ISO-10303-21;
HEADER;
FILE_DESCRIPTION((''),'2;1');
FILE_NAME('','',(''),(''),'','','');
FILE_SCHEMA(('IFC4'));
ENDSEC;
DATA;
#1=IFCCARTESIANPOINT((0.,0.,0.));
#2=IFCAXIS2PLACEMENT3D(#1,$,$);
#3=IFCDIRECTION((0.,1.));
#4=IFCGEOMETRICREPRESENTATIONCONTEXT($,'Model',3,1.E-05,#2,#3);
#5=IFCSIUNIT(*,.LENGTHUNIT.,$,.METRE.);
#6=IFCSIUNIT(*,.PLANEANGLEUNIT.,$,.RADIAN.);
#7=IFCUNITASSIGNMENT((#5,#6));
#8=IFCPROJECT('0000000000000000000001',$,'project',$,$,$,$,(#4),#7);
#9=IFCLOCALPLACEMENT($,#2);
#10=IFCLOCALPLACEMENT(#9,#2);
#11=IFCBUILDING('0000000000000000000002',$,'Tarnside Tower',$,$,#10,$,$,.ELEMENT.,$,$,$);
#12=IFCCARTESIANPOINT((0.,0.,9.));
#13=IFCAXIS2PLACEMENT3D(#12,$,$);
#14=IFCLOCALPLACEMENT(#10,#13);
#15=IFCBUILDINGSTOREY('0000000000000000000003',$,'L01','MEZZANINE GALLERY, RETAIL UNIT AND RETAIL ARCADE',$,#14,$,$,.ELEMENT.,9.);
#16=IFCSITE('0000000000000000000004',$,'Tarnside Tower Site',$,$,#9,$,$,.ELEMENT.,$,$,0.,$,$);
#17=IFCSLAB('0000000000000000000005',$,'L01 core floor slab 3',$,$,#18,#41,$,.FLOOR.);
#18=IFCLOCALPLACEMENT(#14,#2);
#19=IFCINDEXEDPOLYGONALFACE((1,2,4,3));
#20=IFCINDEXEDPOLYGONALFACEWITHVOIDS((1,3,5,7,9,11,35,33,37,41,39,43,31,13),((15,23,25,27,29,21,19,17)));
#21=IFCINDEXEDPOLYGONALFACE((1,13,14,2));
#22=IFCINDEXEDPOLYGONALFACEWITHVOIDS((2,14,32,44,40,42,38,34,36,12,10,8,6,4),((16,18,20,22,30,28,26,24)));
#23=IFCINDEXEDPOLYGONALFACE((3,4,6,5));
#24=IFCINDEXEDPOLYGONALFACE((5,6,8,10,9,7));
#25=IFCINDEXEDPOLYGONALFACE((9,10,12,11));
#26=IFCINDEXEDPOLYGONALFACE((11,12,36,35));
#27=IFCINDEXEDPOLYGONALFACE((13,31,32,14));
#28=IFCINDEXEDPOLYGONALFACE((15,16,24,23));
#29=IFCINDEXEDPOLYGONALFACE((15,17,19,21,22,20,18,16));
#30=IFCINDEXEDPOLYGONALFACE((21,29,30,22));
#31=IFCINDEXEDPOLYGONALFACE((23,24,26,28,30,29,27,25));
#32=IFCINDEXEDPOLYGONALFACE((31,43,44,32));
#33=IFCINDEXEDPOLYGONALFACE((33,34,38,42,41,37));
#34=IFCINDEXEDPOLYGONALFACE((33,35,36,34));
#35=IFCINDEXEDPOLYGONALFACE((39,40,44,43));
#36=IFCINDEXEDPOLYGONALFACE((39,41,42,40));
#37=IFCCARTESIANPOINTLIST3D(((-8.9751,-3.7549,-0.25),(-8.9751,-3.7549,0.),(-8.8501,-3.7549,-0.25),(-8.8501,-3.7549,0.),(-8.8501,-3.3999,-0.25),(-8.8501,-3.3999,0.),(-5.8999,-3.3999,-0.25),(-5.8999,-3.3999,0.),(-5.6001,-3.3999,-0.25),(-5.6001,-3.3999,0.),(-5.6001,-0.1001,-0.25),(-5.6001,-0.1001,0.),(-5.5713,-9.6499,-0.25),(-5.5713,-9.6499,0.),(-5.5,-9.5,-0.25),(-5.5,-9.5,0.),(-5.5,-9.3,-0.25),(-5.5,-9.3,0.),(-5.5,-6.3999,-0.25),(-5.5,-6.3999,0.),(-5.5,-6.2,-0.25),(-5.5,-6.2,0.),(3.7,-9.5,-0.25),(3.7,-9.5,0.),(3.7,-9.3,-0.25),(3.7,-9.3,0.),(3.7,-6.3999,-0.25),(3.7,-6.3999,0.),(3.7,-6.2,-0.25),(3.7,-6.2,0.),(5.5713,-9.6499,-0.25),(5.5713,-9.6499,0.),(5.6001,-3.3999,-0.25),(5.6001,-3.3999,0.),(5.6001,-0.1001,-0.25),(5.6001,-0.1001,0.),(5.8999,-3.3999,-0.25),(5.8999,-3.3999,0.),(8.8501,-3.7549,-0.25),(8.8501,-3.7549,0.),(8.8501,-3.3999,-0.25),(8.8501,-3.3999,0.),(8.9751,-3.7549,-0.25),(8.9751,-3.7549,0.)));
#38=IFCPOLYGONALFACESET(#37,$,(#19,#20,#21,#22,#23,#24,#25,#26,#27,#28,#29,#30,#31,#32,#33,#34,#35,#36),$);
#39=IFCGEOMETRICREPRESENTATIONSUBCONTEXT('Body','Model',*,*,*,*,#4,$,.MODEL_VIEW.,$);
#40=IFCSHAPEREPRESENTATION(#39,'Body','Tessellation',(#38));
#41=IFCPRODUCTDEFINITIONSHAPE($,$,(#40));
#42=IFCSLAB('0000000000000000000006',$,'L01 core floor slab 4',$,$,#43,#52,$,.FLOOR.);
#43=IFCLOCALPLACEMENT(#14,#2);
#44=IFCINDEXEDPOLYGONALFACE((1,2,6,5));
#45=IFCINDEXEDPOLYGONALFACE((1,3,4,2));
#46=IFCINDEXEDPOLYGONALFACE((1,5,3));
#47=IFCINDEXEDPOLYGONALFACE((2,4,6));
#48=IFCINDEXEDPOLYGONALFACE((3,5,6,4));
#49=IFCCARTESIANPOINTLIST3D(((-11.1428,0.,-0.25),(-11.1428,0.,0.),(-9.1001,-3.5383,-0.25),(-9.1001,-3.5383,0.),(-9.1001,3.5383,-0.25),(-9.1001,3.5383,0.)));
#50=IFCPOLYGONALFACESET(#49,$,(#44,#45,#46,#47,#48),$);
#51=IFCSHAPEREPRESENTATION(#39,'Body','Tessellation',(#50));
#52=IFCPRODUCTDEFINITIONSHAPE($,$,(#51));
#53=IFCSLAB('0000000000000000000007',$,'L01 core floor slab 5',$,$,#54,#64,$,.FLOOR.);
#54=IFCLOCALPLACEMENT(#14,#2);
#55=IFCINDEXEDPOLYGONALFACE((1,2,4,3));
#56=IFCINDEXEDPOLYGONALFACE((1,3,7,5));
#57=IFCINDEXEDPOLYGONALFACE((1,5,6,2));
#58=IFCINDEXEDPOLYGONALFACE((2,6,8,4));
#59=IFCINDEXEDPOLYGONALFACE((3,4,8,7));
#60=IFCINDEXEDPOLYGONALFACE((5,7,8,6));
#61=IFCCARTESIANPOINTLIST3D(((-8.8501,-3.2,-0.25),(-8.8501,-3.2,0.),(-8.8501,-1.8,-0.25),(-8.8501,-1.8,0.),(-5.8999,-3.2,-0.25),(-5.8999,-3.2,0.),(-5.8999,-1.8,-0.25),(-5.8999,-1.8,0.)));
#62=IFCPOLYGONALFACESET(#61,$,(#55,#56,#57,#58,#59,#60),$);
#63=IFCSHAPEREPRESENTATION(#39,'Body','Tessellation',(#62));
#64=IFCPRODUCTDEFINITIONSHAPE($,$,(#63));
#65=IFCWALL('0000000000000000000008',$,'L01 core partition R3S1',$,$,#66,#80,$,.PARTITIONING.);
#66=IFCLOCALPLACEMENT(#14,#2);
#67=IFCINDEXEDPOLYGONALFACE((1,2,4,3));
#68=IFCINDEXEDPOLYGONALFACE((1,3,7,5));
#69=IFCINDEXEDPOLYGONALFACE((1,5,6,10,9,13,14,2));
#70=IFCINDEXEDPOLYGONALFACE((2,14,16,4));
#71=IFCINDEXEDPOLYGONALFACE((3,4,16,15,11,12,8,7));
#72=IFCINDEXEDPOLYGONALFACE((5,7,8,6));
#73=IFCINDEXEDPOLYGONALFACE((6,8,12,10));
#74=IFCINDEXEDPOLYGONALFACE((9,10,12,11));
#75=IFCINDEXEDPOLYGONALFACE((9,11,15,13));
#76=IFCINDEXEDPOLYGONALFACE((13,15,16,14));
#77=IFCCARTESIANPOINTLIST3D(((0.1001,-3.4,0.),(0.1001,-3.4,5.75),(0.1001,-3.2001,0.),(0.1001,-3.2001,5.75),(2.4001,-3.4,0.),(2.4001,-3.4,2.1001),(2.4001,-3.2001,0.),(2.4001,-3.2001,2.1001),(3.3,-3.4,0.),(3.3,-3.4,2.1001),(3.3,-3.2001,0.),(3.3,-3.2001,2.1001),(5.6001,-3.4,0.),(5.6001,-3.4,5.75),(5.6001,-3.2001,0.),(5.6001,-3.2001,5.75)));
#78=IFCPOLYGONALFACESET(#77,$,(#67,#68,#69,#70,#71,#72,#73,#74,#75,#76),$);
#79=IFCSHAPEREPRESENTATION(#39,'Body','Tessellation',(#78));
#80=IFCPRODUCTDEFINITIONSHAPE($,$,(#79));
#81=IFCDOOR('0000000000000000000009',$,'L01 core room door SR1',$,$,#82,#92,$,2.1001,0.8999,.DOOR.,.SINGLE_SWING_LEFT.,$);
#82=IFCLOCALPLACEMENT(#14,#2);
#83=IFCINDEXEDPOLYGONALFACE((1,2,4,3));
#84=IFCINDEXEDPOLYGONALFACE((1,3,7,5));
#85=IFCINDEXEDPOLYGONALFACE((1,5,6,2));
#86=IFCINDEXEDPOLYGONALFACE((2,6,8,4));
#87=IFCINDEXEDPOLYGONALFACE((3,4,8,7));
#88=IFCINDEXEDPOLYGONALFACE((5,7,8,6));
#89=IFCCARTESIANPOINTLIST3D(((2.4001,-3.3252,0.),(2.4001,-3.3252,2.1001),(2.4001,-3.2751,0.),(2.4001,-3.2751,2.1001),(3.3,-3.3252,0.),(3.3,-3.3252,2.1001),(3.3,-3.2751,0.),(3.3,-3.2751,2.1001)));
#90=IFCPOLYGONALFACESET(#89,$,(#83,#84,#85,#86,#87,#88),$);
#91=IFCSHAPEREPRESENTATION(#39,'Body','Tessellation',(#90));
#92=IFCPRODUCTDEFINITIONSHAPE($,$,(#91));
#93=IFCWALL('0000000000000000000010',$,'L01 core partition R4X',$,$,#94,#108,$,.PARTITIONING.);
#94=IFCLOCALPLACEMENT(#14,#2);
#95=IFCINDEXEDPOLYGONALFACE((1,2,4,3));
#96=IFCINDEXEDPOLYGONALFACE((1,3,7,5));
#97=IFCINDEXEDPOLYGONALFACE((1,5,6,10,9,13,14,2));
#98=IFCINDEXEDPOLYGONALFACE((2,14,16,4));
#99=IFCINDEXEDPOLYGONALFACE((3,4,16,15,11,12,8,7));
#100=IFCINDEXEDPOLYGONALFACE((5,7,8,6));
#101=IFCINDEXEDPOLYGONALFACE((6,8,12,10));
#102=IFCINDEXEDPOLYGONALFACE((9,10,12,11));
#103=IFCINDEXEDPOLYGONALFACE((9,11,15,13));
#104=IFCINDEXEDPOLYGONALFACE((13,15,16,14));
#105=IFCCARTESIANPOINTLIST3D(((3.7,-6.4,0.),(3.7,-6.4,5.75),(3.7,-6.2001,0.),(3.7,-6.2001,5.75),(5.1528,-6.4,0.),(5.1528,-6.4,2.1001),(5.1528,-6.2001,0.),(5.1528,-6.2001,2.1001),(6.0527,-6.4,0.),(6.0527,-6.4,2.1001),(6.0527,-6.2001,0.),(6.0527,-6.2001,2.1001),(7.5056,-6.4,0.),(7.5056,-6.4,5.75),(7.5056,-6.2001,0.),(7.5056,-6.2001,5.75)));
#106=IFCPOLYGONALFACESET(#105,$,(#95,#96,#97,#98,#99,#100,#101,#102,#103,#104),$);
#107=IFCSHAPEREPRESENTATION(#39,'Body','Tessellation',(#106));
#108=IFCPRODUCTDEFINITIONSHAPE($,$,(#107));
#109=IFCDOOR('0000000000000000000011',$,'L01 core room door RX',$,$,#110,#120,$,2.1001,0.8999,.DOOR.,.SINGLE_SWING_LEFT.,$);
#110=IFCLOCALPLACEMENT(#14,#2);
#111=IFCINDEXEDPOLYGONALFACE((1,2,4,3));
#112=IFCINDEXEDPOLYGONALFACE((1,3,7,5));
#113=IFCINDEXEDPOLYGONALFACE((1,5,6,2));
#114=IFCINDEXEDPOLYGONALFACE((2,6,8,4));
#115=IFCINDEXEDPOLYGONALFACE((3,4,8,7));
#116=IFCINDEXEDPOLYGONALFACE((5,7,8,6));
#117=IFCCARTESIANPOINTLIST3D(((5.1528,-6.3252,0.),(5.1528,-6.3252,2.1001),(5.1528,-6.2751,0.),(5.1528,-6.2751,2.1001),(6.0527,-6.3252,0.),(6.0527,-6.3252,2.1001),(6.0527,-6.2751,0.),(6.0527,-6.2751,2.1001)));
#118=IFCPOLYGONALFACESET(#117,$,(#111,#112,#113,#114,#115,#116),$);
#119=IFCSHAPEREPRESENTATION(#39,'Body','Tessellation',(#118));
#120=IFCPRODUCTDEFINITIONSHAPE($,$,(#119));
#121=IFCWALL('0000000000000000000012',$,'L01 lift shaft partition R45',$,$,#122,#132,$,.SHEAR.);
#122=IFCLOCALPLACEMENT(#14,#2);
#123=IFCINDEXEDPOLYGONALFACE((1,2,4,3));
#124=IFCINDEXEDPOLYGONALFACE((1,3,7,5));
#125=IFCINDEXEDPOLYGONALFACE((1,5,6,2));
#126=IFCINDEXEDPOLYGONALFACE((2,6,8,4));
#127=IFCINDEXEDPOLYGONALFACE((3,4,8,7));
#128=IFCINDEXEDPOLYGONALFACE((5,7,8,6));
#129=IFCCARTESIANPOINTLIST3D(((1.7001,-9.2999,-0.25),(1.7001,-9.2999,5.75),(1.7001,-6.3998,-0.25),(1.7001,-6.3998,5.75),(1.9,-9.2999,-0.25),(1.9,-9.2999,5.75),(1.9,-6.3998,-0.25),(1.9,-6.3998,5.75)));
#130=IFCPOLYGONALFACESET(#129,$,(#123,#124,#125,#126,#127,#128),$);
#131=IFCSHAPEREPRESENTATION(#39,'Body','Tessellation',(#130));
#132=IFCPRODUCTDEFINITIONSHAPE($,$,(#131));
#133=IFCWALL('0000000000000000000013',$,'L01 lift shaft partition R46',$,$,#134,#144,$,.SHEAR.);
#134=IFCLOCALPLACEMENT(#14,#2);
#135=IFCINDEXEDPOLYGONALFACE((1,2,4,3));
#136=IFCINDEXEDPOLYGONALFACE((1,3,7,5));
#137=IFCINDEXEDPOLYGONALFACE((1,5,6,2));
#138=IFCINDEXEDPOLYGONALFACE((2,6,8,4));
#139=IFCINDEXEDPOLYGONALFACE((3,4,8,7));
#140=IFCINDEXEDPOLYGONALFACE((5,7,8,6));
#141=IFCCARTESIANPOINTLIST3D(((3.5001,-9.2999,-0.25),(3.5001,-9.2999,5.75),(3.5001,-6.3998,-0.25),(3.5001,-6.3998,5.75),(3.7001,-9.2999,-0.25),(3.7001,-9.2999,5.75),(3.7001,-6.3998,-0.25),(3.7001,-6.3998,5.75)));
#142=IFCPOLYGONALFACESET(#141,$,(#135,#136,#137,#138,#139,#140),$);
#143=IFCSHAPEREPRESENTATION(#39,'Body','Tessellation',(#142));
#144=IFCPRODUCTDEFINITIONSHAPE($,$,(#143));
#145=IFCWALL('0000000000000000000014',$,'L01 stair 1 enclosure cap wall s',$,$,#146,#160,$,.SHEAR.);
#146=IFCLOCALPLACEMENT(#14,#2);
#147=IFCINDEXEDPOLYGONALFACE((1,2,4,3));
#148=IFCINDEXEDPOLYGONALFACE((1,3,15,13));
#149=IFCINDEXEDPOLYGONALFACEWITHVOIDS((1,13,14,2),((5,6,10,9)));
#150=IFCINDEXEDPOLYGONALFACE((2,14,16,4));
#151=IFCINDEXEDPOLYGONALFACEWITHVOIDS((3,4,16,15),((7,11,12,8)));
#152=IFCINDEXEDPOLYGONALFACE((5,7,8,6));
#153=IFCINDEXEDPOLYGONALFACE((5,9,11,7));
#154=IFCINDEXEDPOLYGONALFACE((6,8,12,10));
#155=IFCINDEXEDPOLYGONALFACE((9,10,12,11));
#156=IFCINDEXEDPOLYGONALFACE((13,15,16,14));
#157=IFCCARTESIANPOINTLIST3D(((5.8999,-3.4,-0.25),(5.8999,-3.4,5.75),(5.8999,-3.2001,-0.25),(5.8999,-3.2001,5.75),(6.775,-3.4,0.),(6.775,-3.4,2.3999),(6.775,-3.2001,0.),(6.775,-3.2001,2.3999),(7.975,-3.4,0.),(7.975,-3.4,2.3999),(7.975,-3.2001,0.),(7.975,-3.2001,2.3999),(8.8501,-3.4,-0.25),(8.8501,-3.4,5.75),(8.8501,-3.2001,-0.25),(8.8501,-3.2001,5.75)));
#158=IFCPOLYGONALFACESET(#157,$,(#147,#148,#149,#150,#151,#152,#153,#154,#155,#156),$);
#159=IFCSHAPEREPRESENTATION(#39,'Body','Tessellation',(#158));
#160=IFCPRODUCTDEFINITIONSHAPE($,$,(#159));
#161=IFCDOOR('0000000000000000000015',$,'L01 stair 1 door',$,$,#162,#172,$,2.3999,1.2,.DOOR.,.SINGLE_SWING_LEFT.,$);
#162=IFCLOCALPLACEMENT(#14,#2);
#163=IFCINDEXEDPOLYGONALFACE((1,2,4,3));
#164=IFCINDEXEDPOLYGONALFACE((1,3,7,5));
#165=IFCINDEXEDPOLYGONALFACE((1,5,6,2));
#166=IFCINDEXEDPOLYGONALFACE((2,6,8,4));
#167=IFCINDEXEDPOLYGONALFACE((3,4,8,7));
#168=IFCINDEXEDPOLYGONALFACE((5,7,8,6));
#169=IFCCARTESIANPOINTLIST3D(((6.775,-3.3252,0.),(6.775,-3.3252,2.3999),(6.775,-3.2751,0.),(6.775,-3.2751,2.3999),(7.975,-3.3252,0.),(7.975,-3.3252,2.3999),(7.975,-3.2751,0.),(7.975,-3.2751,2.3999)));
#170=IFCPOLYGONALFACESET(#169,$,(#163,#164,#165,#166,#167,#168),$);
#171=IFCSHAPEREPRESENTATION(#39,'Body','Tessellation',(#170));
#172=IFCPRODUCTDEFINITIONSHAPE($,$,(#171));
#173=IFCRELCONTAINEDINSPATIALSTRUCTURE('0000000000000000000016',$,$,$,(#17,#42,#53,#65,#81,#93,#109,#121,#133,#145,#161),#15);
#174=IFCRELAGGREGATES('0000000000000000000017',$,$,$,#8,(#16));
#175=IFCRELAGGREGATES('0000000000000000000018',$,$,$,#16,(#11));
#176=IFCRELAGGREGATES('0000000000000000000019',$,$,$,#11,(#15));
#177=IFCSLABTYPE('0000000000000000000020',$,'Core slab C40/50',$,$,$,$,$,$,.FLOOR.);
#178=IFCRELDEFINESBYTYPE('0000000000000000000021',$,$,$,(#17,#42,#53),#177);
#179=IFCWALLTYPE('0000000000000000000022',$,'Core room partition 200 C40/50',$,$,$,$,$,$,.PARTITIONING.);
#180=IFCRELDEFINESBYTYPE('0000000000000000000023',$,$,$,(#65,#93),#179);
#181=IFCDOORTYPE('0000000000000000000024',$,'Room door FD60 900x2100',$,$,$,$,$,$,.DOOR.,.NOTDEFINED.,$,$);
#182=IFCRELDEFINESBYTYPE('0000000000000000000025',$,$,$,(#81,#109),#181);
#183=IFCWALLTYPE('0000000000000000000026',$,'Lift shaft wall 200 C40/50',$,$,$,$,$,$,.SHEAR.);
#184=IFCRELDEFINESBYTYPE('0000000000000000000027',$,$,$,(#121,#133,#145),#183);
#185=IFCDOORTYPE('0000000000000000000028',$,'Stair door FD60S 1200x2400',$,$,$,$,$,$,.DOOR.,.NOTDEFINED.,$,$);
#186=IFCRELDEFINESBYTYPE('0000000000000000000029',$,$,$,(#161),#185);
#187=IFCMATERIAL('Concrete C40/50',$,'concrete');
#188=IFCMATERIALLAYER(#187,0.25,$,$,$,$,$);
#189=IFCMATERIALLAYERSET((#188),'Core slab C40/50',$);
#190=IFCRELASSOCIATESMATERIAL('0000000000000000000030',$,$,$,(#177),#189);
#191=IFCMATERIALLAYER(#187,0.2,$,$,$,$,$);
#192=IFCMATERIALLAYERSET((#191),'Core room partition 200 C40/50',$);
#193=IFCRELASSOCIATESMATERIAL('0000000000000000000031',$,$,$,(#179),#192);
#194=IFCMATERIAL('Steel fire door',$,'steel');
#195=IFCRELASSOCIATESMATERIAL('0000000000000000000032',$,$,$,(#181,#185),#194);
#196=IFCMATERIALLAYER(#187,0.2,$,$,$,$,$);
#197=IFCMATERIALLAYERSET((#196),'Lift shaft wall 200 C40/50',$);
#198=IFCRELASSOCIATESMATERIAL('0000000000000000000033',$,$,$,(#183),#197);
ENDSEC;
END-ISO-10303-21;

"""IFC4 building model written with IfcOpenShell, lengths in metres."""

from ifc_helpers import new_model, si_unit, direction, frame, frame_2d, origin, place, context, subcontext, project, spatial, polyline, rectangle, outline, extrude, material, layer, layer_set, type_object, element, fill, save


model = new_model("IFC4")

# Units and contexts
model_context = context("Model", 3, precision=1e-05, world=origin(), true_north=direction((0.0, 1.0)))
body_context = subcontext(model_context, "Body", "Model", "MODEL_VIEW")
ifc_project = project(units=[si_unit("LENGTHUNIT", "METRE"), si_unit("PLANEANGLEUNIT", "RADIAN")], contexts=[model_context])

# Site, building, storey
site_placement = place(None, origin())
site = spatial("IfcSite", under=ifc_project, at=site_placement, Name="Tarnside Tower Site", CompositionType="ELEMENT", RefElevation=0.0)
building_placement = place(site_placement, origin())
building = spatial("IfcBuilding", under=site, at=building_placement, Name="Tarnside Tower", CompositionType="ELEMENT")
storey_placement = place(building_placement, frame((0.0, 0.0, 9.0)))
storey = spatial("IfcBuildingStorey", under=building, at=storey_placement, Name="L01", Description="MEZZANINE GALLERY, RETAIL UNIT AND RETAIL ARCADE", CompositionType="ELEMENT", Elevation=9.0)

# Slabs
ifc_material_1 = material(Name="Concrete C40/50", Category="concrete")
ifc_layer_1 = layer(ifc_material_1, 0.25)
ifc_layer_set_1 = layer_set([ifc_layer_1], Name="Core slab C40/50")
slab_type = type_object("IfcSlabType", Name="Core slab C40/50", PredefinedType="FLOOR", material=ifc_layer_set_1)
slab_1_placement = place(storey_placement, frame((0.0, 0.0, -0.25)))
element("IfcSlab", 1, at=slab_1_placement, inside=storey, type_object=slab_type, Name="L01 core floor slab 3", PredefinedType="FLOOR", context=body_context, shape_type="SweptSolid", body=[
    extrude(outline(polyline([(5.6001, -3.3999), (5.8999, -3.3999), (8.8501, -3.3999), (8.8501, -3.7549), (8.9751, -3.7549), (5.5713, -9.6499), (-5.5713, -9.6499), (-8.9751, -3.7549), (-8.8501, -3.7549), (-8.8501, -3.3999), (-5.8999, -3.3999), (-5.6001, -3.3999), (-5.6001, -0.1001), (5.6001, -0.1001), (5.6001, -3.3999)]), holes=[polyline([(-5.5, -9.3), (-5.5, -9.5), (3.7, -9.5), (3.7, -9.3), (3.7, -6.3999), (3.7, -6.2), (-5.5, -6.2), (-5.5, -6.3999), (-5.5, -9.3)])]), origin(), (0.0, 0.0, 1.0), 0.25),
])
slab_2_placement = place(storey_placement, frame((0.0, 0.0, -0.25)))
element("IfcSlab", 2, at=slab_2_placement, inside=storey, type_object=slab_type, Name="L01 core floor slab 4", PredefinedType="FLOOR", context=body_context, shape_type="SweptSolid", body=[
    extrude(outline(polyline([(-11.1428, 0.0), (-9.1001, 3.5383), (-9.1001, -3.5383), (-11.1428, 0.0)])), origin(), (0.0, 0.0, 1.0), 0.25),
])
slab_3_placement = place(storey_placement, frame((0.0, 0.0, -0.25)))
element("IfcSlab", 3, at=slab_3_placement, inside=storey, type_object=slab_type, Name="L01 core floor slab 5", PredefinedType="FLOOR", context=body_context, shape_type="SweptSolid", body=[
    extrude(outline(polyline([(-8.8501, -1.8), (-5.8999, -1.8), (-5.8999, -3.2), (-8.8501, -3.2), (-8.8501, -1.8)])), origin(), (0.0, 0.0, 1.0), 0.25),
])

# Walls, openings, doors
ifc_layer_2 = layer(ifc_material_1, 0.2)
ifc_layer_set_2 = layer_set([ifc_layer_2], Name="Core room partition 200 C40/50")
wall_type_1 = type_object("IfcWallType", Name="Core room partition 200 C40/50", PredefinedType="PARTITIONING", material=ifc_layer_set_2)
wall_1_placement = place(storey_placement, frame((0.1001, -3.3, 0.0), z_axis=(0.0, 0.0, 1.0), x_axis=(1.0, 0.0, 0.0)))
wall_1 = element("IfcWall", 4, at=wall_1_placement, inside=storey, type_object=wall_type_1, Name="L01 core partition R3S1", PredefinedType="PARTITIONING", context=body_context, shape_type="SweptSolid", body=[
    extrude(rectangle(XDim=5.5, YDim=0.2, at=frame_2d((2.75, 0.0))), origin(), (0.0, 0.0, 1.0), 5.75),
])
opening_1_placement = place(wall_1_placement, frame((2.3, 0.0, 0.0)))
opening_1 = element("IfcOpeningElement", 5, at=opening_1_placement, cuts=wall_1, PredefinedType="OPENING", context=body_context, shape_type="SweptSolid", body=[
    extrude(rectangle(XDim=0.8999, YDim=2.1001, at=frame_2d((0.45, 1.05))), frame((0.0, 0.1099, 0.0), z_axis=(0.0, -1.0, 0.0), x_axis=(1.0, 0.0, 0.0)), (0.0, 0.0, 1.0), 0.22),
])
ifc_material_2 = material(Name="Steel fire door", Category="steel")
door_type_1 = type_object("IfcDoorType", Name="Room door FD60 900x2100", OperationType="NOTDEFINED", PredefinedType="DOOR", material=ifc_material_2)
door_1_placement = place(opening_1_placement, origin())
door_1 = element("IfcDoor", 6, at=door_1_placement, inside=storey, type_object=door_type_1, Name="L01 core room door SR1", OperationType="SINGLE_SWING_LEFT", OverallHeight=2.1001, OverallWidth=0.8999, PredefinedType="DOOR", context=body_context, shape_type="SweptSolid", body=[
    extrude(rectangle(XDim=0.8999, YDim=2.1001, at=frame_2d((0.45, 1.05))), frame((0.0, 0.0249, 0.0), z_axis=(0.0, -1.0, 0.0), x_axis=(1.0, 0.0, 0.0)), (0.0, 0.0, 1.0), 0.05),
])
fill(opening_1, door_1)
wall_2_placement = place(storey_placement, frame((3.7, -6.3, 0.0), z_axis=(0.0, 0.0, 1.0), x_axis=(1.0, 0.0, 0.0)))
wall_2 = element("IfcWall", 7, at=wall_2_placement, inside=storey, type_object=wall_type_1, Name="L01 core partition R4X", PredefinedType="PARTITIONING", context=body_context, shape_type="SweptSolid", body=[
    extrude(rectangle(XDim=3.8057, YDim=0.2, at=frame_2d((1.9028, 0.0))), origin(), (0.0, 0.0, 1.0), 5.75),
])
opening_2_placement = place(wall_2_placement, frame((1.4529, 0.0, 0.0)))
opening_2 = element("IfcOpeningElement", 8, at=opening_2_placement, cuts=wall_2, PredefinedType="OPENING", context=body_context, shape_type="SweptSolid", body=[
    extrude(rectangle(XDim=0.8999, YDim=2.1001, at=frame_2d((0.45, 1.05))), frame((0.0, 0.1099, 0.0), z_axis=(0.0, -1.0, 0.0), x_axis=(1.0, 0.0, 0.0)), (0.0, 0.0, 1.0), 0.22),
])
door_2_placement = place(opening_2_placement, origin())
door_2 = element("IfcDoor", 9, at=door_2_placement, inside=storey, type_object=door_type_1, Name="L01 core room door RX", OperationType="SINGLE_SWING_LEFT", OverallHeight=2.1001, OverallWidth=0.8999, PredefinedType="DOOR", context=body_context, shape_type="SweptSolid", body=[
    extrude(rectangle(XDim=0.8999, YDim=2.1001, at=frame_2d((0.45, 1.05))), frame((0.0, 0.0249, 0.0), z_axis=(0.0, -1.0, 0.0), x_axis=(1.0, 0.0, 0.0)), (0.0, 0.0, 1.0), 0.05),
])
fill(opening_2, door_2)

# Walls
ifc_layer_3 = layer(ifc_material_1, 0.2)
ifc_layer_set_3 = layer_set([ifc_layer_3], Name="Lift shaft wall 200 C40/50")
wall_type_2 = type_object("IfcWallType", Name="Lift shaft wall 200 C40/50", PredefinedType="SHEAR", material=ifc_layer_set_3)
for number, where, z_axis, x_axis, name in (
    (10, (1.8, -9.3, -0.25), (0.0, 0.0, 1.0), (0.0, 1.0, 0.0), "L01 lift shaft partition R45"),
    (11, (3.6001, -9.3, -0.25), (0.0, 0.0, 1.0), (0.0, 1.0, 0.0), "L01 lift shaft partition R46"),
):
    element("IfcWall", number, at=place(storey_placement, frame(where, z_axis=z_axis, x_axis=x_axis)), inside=storey, type_object=wall_type_2, Name=name, PredefinedType="SHEAR", context=body_context, shape_type="SweptSolid", body=[
        extrude(rectangle(XDim=2.9001, YDim=0.2, at=frame_2d((1.4502, 0.0))), origin(), (0.0, 0.0, 1.0), 6.0),
    ])

# Wall, opening, door
wall_3_placement = place(storey_placement, frame((5.8999, -3.3, -0.25), z_axis=(0.0, 0.0, 1.0), x_axis=(1.0, 0.0, 0.0)))
wall_3 = element("IfcWall", 12, at=wall_3_placement, inside=storey, type_object=wall_type_2, Name="L01 stair 1 enclosure cap wall s", PredefinedType="SHEAR", context=body_context, shape_type="SweptSolid", body=[
    extrude(rectangle(XDim=2.9502, YDim=0.2, at=frame_2d((1.4751, 0.0))), origin(), (0.0, 0.0, 1.0), 6.0),
])
opening_3_placement = place(wall_3_placement, frame((0.875, 0.0, 0.25)))
opening_3 = element("IfcOpeningElement", 13, at=opening_3_placement, cuts=wall_3, PredefinedType="OPENING", context=body_context, shape_type="SweptSolid", body=[
    extrude(rectangle(XDim=1.2, YDim=2.3999, at=frame_2d((0.6001, 1.2))), frame((0.0, 0.1099, 0.0), z_axis=(0.0, -1.0, 0.0), x_axis=(1.0, 0.0, 0.0)), (0.0, 0.0, 1.0), 0.22),
])
door_type_2 = type_object("IfcDoorType", Name="Stair door FD60S 1200x2400", OperationType="NOTDEFINED", PredefinedType="DOOR", material=ifc_material_2)
door_3_placement = place(opening_3_placement, origin())
door_3 = element("IfcDoor", 14, at=door_3_placement, inside=storey, type_object=door_type_2, Name="L01 stair 1 door", OperationType="SINGLE_SWING_LEFT", OverallHeight=2.3999, OverallWidth=1.2, PredefinedType="DOOR", context=body_context, shape_type="SweptSolid", body=[
    extrude(rectangle(XDim=1.2, YDim=2.3999, at=frame_2d((0.6001, 1.2))), frame((0.0, 0.0249, 0.0), z_axis=(0.0, -1.0, 0.0), x_axis=(1.0, 0.0, 0.0)), (0.0, 0.0, 1.0), 0.05),
])
fill(opening_3, door_3)

save(model, "model.ifc")
